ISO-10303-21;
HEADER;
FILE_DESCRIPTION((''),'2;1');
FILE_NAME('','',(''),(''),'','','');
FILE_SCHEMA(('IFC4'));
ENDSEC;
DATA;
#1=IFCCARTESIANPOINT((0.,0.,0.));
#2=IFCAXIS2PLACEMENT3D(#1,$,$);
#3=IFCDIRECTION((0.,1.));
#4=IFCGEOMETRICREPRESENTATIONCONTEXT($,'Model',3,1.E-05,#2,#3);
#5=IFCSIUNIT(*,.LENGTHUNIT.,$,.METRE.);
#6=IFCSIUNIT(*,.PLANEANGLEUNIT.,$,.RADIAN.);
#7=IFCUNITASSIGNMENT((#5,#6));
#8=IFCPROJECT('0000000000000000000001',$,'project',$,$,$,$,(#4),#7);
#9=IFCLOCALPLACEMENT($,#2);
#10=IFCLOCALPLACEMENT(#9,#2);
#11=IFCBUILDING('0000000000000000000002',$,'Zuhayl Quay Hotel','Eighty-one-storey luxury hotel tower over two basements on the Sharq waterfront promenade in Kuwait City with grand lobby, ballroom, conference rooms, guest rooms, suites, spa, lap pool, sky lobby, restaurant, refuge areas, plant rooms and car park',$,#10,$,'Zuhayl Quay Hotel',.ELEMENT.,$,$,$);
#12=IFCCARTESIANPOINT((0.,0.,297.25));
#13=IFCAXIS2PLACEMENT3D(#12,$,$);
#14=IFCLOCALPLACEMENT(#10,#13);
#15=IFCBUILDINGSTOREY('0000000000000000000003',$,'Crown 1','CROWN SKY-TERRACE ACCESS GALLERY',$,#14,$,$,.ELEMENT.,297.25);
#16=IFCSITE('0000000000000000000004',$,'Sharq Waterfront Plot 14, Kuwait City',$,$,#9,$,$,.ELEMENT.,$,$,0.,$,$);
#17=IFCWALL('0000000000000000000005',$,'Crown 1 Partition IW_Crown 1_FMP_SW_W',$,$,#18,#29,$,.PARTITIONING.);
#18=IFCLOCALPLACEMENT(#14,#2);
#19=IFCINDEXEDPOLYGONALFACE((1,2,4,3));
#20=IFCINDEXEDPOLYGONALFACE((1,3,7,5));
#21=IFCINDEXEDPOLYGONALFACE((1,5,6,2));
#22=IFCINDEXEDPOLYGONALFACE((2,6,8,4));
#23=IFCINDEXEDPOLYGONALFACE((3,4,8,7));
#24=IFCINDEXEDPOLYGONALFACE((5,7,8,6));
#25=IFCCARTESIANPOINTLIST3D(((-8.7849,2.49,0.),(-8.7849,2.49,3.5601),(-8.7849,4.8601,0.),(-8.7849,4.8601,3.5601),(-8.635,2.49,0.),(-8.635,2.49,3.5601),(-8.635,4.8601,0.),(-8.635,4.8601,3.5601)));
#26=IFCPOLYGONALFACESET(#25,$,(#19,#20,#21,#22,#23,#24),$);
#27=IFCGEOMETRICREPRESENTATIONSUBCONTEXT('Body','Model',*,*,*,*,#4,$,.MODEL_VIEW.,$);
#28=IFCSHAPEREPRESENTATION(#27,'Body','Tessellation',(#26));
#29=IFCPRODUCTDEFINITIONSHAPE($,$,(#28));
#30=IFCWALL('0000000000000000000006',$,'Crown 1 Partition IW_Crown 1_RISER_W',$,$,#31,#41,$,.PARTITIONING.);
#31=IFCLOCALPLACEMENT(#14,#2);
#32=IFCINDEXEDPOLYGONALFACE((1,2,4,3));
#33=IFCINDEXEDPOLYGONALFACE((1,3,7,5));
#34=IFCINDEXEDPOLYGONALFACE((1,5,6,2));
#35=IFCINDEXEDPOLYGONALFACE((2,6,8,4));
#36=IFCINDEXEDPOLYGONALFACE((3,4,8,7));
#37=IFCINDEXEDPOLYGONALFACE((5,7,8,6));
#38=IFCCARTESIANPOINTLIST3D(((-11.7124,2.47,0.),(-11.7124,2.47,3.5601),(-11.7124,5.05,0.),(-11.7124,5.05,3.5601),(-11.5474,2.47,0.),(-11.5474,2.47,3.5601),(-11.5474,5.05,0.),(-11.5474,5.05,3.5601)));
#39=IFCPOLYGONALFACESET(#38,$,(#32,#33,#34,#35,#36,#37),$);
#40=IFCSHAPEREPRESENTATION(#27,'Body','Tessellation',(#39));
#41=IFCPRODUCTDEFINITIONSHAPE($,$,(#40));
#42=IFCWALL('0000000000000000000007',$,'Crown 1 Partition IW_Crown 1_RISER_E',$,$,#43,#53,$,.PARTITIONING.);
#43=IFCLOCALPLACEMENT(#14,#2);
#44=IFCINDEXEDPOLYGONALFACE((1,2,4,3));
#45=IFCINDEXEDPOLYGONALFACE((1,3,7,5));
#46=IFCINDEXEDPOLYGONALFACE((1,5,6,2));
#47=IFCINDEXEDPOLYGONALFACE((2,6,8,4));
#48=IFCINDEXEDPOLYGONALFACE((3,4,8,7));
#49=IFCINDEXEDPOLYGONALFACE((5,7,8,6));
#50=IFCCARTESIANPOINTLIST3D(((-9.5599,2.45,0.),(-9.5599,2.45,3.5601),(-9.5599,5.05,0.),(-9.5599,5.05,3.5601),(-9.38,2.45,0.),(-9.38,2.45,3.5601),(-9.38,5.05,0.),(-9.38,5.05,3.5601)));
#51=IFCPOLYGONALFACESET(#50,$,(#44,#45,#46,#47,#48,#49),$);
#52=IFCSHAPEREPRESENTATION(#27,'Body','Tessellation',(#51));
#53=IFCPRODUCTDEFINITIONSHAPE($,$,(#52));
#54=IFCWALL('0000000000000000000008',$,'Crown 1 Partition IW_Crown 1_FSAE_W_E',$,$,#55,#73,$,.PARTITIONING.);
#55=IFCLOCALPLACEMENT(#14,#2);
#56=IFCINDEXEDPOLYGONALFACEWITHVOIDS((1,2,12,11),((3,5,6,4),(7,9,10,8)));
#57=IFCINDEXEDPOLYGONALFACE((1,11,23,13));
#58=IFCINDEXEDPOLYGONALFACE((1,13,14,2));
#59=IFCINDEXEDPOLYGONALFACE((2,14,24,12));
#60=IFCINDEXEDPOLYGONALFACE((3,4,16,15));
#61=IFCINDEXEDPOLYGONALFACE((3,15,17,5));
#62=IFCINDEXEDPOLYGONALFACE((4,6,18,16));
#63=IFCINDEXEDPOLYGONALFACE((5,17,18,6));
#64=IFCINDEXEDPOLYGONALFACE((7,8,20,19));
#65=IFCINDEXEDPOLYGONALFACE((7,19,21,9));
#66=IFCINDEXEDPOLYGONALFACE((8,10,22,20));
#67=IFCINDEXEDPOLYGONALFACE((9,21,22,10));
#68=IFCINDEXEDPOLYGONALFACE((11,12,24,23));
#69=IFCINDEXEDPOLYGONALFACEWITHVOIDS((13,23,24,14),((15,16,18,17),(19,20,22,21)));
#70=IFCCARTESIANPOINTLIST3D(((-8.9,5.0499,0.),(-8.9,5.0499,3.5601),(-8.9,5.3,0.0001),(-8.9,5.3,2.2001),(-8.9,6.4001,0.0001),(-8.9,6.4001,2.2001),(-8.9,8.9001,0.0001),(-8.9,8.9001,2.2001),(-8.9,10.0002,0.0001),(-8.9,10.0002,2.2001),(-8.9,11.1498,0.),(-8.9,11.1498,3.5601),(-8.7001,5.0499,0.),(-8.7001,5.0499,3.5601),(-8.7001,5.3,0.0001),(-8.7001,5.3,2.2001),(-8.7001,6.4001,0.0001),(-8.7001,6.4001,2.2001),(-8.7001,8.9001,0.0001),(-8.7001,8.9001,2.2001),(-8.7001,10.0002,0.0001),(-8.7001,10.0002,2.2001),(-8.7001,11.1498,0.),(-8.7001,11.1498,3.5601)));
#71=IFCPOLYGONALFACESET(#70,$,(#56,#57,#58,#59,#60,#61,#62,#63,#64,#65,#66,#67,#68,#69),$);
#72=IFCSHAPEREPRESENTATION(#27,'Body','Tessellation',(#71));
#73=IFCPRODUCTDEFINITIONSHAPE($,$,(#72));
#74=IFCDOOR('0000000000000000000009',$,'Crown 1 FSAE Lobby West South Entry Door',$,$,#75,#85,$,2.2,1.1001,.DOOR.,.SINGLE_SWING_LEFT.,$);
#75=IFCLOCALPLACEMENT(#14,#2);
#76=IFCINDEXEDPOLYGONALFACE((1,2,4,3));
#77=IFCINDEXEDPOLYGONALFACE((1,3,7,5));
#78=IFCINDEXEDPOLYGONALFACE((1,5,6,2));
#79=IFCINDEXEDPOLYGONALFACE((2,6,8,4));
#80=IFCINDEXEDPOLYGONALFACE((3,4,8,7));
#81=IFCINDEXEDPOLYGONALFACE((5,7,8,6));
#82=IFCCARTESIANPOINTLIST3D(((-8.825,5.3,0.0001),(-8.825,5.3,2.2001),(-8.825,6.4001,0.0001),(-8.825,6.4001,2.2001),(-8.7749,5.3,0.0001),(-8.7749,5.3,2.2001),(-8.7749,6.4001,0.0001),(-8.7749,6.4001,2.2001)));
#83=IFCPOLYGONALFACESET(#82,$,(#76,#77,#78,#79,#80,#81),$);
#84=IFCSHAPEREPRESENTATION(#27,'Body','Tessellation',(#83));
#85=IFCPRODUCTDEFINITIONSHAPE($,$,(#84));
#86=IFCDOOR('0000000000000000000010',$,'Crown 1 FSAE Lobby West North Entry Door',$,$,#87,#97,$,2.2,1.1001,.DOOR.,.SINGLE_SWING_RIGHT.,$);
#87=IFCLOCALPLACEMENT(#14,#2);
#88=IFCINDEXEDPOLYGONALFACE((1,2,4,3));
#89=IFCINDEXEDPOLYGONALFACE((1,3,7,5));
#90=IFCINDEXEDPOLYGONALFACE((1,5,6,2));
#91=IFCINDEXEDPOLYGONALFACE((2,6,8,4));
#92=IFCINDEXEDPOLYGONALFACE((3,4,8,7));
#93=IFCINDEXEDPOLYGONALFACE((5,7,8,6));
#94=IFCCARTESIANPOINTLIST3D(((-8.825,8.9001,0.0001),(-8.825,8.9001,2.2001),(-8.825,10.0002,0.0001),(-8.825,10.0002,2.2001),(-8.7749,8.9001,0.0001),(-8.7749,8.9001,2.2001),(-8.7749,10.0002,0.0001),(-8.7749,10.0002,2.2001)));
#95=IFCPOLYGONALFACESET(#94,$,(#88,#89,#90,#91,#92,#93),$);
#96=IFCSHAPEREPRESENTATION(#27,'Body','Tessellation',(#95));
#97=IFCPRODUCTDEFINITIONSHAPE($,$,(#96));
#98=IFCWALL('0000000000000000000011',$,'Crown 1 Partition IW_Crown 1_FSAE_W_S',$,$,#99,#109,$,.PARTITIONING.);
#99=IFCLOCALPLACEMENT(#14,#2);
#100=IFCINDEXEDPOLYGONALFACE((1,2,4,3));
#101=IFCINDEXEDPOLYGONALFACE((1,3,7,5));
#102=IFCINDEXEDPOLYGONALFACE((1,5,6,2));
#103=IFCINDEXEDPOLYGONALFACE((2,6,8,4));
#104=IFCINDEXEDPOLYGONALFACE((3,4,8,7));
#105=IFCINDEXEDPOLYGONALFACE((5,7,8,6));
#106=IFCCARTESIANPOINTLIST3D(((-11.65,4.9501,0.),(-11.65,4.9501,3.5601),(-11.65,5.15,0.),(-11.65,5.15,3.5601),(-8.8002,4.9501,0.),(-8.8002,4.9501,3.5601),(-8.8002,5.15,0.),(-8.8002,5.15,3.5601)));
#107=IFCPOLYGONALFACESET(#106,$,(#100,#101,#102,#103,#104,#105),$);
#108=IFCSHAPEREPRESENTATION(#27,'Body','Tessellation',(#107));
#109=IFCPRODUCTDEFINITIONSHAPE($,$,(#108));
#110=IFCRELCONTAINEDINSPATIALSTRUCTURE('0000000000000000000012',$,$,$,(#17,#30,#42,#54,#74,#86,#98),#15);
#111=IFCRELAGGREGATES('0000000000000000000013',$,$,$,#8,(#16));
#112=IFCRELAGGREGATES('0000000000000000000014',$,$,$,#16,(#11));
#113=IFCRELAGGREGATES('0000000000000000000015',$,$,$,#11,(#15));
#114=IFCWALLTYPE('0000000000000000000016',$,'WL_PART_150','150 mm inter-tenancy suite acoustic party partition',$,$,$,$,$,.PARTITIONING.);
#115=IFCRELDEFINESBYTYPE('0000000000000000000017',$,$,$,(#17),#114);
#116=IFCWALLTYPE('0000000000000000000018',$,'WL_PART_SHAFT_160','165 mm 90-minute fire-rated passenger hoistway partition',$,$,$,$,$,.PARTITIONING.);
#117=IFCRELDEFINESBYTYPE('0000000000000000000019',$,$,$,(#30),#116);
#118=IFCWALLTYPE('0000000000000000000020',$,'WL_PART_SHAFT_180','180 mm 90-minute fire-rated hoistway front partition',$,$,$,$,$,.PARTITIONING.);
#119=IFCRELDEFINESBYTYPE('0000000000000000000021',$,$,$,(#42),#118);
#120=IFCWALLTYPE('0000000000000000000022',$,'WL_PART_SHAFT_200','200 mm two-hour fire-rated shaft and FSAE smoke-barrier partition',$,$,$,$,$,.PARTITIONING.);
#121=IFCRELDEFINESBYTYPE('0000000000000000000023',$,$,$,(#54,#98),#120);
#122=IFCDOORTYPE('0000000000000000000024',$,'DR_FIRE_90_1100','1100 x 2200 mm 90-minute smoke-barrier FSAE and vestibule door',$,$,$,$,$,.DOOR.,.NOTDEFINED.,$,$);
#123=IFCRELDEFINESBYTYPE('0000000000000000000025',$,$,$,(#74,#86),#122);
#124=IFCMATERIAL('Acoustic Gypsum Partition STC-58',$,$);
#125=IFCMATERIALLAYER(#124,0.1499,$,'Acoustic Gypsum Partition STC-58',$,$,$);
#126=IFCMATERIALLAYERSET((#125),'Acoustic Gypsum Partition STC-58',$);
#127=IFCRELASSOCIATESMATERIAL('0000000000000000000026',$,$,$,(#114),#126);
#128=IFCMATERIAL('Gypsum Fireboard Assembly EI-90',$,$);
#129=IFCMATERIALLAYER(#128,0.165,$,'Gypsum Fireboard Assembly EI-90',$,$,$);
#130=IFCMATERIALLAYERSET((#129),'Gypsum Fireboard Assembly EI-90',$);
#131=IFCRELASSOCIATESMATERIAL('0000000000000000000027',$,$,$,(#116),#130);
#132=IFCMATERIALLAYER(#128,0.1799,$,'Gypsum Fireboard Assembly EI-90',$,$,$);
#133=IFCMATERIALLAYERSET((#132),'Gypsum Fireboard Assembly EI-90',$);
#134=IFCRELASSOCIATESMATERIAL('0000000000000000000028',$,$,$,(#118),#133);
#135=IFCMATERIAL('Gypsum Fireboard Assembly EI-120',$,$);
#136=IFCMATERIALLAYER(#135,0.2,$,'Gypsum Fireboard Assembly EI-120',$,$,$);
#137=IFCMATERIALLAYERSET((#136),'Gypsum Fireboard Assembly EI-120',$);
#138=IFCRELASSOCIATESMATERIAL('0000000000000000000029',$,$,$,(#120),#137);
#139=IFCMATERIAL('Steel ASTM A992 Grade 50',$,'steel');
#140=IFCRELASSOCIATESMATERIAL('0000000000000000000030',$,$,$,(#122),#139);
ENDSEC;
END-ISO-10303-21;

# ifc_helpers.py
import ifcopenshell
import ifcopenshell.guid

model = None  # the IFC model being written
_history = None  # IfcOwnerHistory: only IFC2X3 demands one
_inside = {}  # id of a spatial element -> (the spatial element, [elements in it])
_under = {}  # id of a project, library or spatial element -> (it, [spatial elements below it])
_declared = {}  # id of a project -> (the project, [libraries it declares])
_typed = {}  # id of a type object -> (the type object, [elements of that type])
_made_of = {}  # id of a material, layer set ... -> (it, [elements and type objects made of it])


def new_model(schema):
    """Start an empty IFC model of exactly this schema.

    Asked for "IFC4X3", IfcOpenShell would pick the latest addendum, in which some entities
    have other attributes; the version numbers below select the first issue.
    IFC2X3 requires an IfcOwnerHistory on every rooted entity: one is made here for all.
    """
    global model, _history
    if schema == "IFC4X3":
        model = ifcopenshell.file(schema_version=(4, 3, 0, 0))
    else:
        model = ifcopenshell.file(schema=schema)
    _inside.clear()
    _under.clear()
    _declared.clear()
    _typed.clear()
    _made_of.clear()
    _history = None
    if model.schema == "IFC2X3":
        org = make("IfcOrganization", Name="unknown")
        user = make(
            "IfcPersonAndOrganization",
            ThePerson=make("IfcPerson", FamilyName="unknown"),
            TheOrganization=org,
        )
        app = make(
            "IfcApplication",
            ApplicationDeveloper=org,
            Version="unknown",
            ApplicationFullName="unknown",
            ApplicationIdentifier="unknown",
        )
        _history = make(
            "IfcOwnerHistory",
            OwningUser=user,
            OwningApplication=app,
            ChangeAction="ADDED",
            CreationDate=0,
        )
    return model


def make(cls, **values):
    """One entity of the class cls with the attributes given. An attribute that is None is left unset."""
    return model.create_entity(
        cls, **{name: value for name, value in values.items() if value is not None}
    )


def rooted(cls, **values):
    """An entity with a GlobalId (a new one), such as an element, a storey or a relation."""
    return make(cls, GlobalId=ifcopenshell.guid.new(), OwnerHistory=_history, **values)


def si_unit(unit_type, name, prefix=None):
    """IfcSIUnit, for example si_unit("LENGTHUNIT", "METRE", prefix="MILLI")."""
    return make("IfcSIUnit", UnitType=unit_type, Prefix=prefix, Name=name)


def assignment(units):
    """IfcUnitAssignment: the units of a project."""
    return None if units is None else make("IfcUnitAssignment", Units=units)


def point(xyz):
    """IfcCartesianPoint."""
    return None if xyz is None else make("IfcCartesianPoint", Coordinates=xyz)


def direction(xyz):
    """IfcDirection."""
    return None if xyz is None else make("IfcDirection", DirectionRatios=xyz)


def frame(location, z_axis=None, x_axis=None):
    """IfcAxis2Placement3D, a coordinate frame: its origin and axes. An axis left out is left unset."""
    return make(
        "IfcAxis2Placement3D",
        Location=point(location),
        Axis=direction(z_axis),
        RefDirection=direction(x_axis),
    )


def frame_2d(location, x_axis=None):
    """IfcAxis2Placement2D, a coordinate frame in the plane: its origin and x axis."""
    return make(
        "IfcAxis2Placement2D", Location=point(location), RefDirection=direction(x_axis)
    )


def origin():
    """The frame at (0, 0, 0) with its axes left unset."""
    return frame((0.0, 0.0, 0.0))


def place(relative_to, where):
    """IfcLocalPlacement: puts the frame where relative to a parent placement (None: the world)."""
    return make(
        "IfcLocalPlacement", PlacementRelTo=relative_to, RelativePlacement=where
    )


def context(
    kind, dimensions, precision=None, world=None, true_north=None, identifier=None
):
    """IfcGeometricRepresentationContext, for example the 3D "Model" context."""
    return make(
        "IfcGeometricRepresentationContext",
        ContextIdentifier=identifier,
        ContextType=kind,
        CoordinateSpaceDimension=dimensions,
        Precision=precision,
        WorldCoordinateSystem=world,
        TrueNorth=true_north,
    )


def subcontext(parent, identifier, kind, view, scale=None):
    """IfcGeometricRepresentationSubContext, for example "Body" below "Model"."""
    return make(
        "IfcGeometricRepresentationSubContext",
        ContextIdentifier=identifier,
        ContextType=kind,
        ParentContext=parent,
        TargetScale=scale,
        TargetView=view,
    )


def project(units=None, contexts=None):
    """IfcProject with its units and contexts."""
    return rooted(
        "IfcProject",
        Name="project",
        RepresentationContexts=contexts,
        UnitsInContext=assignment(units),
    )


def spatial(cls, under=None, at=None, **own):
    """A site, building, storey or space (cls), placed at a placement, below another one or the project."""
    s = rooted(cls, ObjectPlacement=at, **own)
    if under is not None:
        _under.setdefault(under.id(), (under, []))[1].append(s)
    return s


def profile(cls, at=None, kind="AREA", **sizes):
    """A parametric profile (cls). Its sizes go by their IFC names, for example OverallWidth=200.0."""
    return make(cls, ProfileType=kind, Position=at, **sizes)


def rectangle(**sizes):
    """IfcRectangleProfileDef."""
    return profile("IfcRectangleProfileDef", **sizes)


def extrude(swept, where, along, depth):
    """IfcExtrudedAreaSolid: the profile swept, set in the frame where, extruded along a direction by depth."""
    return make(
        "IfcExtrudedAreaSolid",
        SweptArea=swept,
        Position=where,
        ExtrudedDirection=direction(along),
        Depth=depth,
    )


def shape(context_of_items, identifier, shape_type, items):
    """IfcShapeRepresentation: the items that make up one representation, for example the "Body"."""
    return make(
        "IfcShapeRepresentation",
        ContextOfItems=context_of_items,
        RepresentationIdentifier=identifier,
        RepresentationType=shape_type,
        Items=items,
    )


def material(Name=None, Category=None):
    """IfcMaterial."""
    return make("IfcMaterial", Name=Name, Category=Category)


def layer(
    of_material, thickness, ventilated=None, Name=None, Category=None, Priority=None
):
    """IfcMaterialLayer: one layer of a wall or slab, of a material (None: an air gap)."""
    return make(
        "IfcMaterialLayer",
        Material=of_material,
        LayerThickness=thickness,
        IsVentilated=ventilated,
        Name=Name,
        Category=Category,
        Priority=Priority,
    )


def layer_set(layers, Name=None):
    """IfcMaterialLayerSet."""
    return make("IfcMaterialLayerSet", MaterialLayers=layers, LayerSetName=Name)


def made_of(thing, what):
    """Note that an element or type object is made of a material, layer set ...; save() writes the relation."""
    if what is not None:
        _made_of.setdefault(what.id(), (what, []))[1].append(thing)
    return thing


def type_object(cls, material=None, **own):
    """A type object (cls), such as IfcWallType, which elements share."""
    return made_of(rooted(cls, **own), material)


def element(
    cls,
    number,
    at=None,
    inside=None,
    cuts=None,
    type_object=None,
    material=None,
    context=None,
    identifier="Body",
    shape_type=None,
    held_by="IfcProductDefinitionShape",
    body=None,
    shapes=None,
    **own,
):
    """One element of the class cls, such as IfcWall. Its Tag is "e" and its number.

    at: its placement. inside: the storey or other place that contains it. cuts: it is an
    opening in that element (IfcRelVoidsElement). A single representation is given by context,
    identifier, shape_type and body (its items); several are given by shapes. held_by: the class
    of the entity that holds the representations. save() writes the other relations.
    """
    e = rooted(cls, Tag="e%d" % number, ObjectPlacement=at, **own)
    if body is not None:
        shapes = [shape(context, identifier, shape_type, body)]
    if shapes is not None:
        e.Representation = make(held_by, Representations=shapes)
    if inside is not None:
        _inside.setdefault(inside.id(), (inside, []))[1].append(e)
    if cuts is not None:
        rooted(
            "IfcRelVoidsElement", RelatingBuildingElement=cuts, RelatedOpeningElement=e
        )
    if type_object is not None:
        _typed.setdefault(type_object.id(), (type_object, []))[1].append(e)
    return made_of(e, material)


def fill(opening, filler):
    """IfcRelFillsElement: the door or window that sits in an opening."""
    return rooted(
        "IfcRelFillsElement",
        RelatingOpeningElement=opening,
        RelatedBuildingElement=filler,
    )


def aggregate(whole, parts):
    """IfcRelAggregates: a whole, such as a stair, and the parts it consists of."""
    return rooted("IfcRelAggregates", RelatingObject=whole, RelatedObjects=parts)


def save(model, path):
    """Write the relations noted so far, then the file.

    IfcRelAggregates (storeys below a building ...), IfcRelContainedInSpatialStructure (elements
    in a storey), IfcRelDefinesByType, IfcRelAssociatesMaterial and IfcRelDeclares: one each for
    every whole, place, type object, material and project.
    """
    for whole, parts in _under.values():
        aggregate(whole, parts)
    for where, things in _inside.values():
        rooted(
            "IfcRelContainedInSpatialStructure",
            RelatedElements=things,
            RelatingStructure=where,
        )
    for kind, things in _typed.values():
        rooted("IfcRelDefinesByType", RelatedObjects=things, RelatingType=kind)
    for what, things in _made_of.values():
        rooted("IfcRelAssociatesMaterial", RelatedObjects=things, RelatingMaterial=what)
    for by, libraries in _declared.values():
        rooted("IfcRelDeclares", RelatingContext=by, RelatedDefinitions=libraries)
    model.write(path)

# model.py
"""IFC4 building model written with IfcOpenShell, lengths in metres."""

from ifc_helpers import new_model, si_unit, direction, frame, frame_2d, origin, place, context, subcontext, project, spatial, rectangle, extrude, material, layer, layer_set, type_object, element, fill, save


model = new_model("IFC4")

# Units and contexts
model_context = context("Model", 3, precision=1e-05, world=origin(), true_north=direction((0.0, 1.0)))
body_context = subcontext(model_context, "Body", "Model", "MODEL_VIEW")
ifc_project = project(units=[si_unit("LENGTHUNIT", "METRE"), si_unit("PLANEANGLEUNIT", "RADIAN")], contexts=[model_context])

# Site, building, storey
site_placement = place(None, origin())
site = spatial("IfcSite", under=ifc_project, at=site_placement, Name="Sharq Waterfront Plot 14, Kuwait City", CompositionType="ELEMENT", RefElevation=0.0)
building_placement = place(site_placement, origin())
building = spatial("IfcBuilding", under=site, at=building_placement, Name="Zuhayl Quay Hotel", Description="Eighty-one-storey luxury hotel tower over two basements on the Sharq waterfront promenade in Kuwait City with grand lobby, ballroom, conference rooms, guest rooms, suites, spa, lap pool, sky lobby, restaurant, refuge areas, plant rooms and car park", LongName="Zuhayl Quay Hotel", CompositionType="ELEMENT")
storey_placement = place(building_placement, frame((0.0, 0.0, 297.25)))
storey = spatial("IfcBuildingStorey", under=building, at=storey_placement, Name="Crown 1", Description="CROWN SKY-TERRACE ACCESS GALLERY", CompositionType="ELEMENT", Elevation=297.25)

# Shared definitions
ifc_material_1 = material(Name="Acoustic Gypsum Partition STC-58")
ifc_layer_1 = layer(ifc_material_1, 0.1499, Name="Acoustic Gypsum Partition STC-58")
ifc_layer_set_1 = layer_set([ifc_layer_1], Name="Acoustic Gypsum Partition STC-58")
wall_type_1 = type_object("IfcWallType", Name="WL_PART_150", Description="150 mm inter-tenancy suite acoustic party partition", PredefinedType="PARTITIONING", material=ifc_layer_set_1)
ifc_material_2 = material(Name="Steel ASTM A992 Grade 50", Category="steel")

# Walls
wall_1_placement = place(storey_placement, frame((-8.71, 2.49, 0.0), z_axis=(0.0, 0.0, 1.0), x_axis=(0.0, 1.0, 0.0)))
element("IfcWall", 1, at=wall_1_placement, inside=storey, type_object=wall_type_1, Name="Crown 1 Partition IW_Crown 1_FMP_SW_W", PredefinedType="PARTITIONING", context=body_context, shape_type="SweptSolid", body=[
    extrude(rectangle(XDim=2.3701, YDim=0.1499, at=frame_2d((1.1851, 0.0))), origin(), (0.0, 0.0, 1.0), 3.5601),
])
ifc_material_3 = material(Name="Gypsum Fireboard Assembly EI-90")
ifc_layer_2 = layer(ifc_material_3, 0.165, Name="Gypsum Fireboard Assembly EI-90")
ifc_layer_set_2 = layer_set([ifc_layer_2], Name="Gypsum Fireboard Assembly EI-90")
wall_type_2 = type_object("IfcWallType", Name="WL_PART_SHAFT_160", Description="165 mm 90-minute fire-rated passenger hoistway partition", PredefinedType="PARTITIONING", material=ifc_layer_set_2)
wall_2_placement = place(storey_placement, frame((-11.6299, 2.47, 0.0), z_axis=(0.0, 0.0, 1.0), x_axis=(0.0, 1.0, 0.0)))
element("IfcWall", 2, at=wall_2_placement, inside=storey, type_object=wall_type_2, Name="Crown 1 Partition IW_Crown 1_RISER_W", PredefinedType="PARTITIONING", context=body_context, shape_type="SweptSolid", body=[
    extrude(rectangle(XDim=2.5801, YDim=0.165, at=frame_2d((1.29, 0.0))), origin(), (0.0, 0.0, 1.0), 3.5601),
])
ifc_layer_3 = layer(ifc_material_3, 0.1799, Name="Gypsum Fireboard Assembly EI-90")
ifc_layer_set_3 = layer_set([ifc_layer_3], Name="Gypsum Fireboard Assembly EI-90")
wall_type_3 = type_object("IfcWallType", Name="WL_PART_SHAFT_180", Description="180 mm 90-minute fire-rated hoistway front partition", PredefinedType="PARTITIONING", material=ifc_layer_set_3)
wall_3_placement = place(storey_placement, frame((-9.47, 2.45, 0.0), z_axis=(0.0, 0.0, 1.0), x_axis=(0.0, 1.0, 0.0)))
element("IfcWall", 3, at=wall_3_placement, inside=storey, type_object=wall_type_3, Name="Crown 1 Partition IW_Crown 1_RISER_E", PredefinedType="PARTITIONING", context=body_context, shape_type="SweptSolid", body=[
    extrude(rectangle(XDim=2.6001, YDim=0.1799, at=frame_2d((1.3, 0.0))), origin(), (0.0, 0.0, 1.0), 3.5601),
])

# Wall, openings, doors
ifc_material_4 = material(Name="Gypsum Fireboard Assembly EI-120")
ifc_layer_4 = layer(ifc_material_4, 0.2, Name="Gypsum Fireboard Assembly EI-120")
ifc_layer_set_4 = layer_set([ifc_layer_4], Name="Gypsum Fireboard Assembly EI-120")
wall_type_4 = type_object("IfcWallType", Name="WL_PART_SHAFT_200", Description="200 mm two-hour fire-rated shaft and FSAE smoke-barrier partition", PredefinedType="PARTITIONING", material=ifc_layer_set_4)
wall_4_placement = place(storey_placement, frame((-8.8, 5.05, 0.0), z_axis=(0.0, 0.0, 1.0), x_axis=(0.0, 1.0, 0.0)))
wall_4 = element("IfcWall", 4, at=wall_4_placement, inside=storey, type_object=wall_type_4, Name="Crown 1 Partition IW_Crown 1_FSAE_W_E", PredefinedType="PARTITIONING", context=body_context, shape_type="SweptSolid", body=[
    extrude(rectangle(XDim=6.0999, YDim=0.2, at=frame_2d((3.0498, 0.0))), origin(), (0.0, 0.0, 1.0), 3.5601),
])
opening_1_placement = place(wall_4_placement, frame((0.25, 0.0, 0.0)))
opening_1 = element("IfcOpeningElement", 5, at=opening_1_placement, cuts=wall_4, PredefinedType="OPENING", context=body_context, shape_type="SweptSolid", body=[
    extrude(rectangle(XDim=1.1001, YDim=2.2, at=frame_2d((0.55, 1.1001))), frame((0.0, 0.1099, 0.0), z_axis=(0.0, -1.0, 0.0), x_axis=(1.0, 0.0, 0.0)), (0.0, 0.0, 1.0), 0.22),
])
opening_2_placement = place(wall_4_placement, frame((3.8501, 0.0, 0.0)))
opening_2 = element("IfcOpeningElement", 6, at=opening_2_placement, cuts=wall_4, PredefinedType="OPENING", context=body_context, shape_type="SweptSolid", body=[
    extrude(rectangle(XDim=1.1001, YDim=2.2, at=frame_2d((0.55, 1.1001))), frame((0.0, 0.1099, 0.0), z_axis=(0.0, -1.0, 0.0), x_axis=(1.0, 0.0, 0.0)), (0.0, 0.0, 1.0), 0.22),
])
door_type_1 = type_object("IfcDoorType", Name="DR_FIRE_90_1100", Description="1100 x 2200 mm 90-minute smoke-barrier FSAE and vestibule door", OperationType="NOTDEFINED", PredefinedType="DOOR", material=ifc_material_2)
door_1_placement = place(opening_1_placement, origin())
door_1 = element("IfcDoor", 7, at=door_1_placement, inside=storey, type_object=door_type_1, Name="Crown 1 FSAE Lobby West South Entry Door", OperationType="SINGLE_SWING_LEFT", OverallHeight=2.2, OverallWidth=1.1001, PredefinedType="DOOR", context=body_context, shape_type="SweptSolid", body=[
    extrude(rectangle(XDim=1.1001, YDim=2.2, at=frame_2d((0.55, 1.1001))), frame((0.0, 0.0249, 0.0), z_axis=(0.0, -1.0, 0.0), x_axis=(1.0, 0.0, 0.0)), (0.0, 0.0, 1.0), 0.05),
])
fill(opening_1, door_1)
door_2_placement = place(opening_2_placement, origin())
door_2 = element("IfcDoor", 8, at=door_2_placement, inside=storey, type_object=door_type_1, Name="Crown 1 FSAE Lobby West North Entry Door", OperationType="SINGLE_SWING_RIGHT", OverallHeight=2.2, OverallWidth=1.1001, PredefinedType="DOOR", context=body_context, shape_type="SweptSolid", body=[
    extrude(rectangle(XDim=1.1001, YDim=2.2, at=frame_2d((0.55, 1.1001))), frame((0.0, 0.0249, 0.0), z_axis=(0.0, -1.0, 0.0), x_axis=(1.0, 0.0, 0.0)), (0.0, 0.0, 1.0), 0.05),
])
fill(opening_2, door_2)

# Wall
wall_5_placement = place(storey_placement, frame((-11.6499, 5.05, 0.0), z_axis=(0.0, 0.0, 1.0), x_axis=(1.0, 0.0, 0.0)))
element("IfcWall", 9, at=wall_5_placement, inside=storey, type_object=wall_type_4, Name="Crown 1 Partition IW_Crown 1_FSAE_W_S", PredefinedType="PARTITIONING", context=body_context, shape_type="SweptSolid", body=[
    extrude(rectangle(XDim=2.8499, YDim=0.2, at=frame_2d((1.4248, 0.0))), origin(), (0.0, 0.0, 1.0), 3.5601),
])

save(model, "model.ifc")
